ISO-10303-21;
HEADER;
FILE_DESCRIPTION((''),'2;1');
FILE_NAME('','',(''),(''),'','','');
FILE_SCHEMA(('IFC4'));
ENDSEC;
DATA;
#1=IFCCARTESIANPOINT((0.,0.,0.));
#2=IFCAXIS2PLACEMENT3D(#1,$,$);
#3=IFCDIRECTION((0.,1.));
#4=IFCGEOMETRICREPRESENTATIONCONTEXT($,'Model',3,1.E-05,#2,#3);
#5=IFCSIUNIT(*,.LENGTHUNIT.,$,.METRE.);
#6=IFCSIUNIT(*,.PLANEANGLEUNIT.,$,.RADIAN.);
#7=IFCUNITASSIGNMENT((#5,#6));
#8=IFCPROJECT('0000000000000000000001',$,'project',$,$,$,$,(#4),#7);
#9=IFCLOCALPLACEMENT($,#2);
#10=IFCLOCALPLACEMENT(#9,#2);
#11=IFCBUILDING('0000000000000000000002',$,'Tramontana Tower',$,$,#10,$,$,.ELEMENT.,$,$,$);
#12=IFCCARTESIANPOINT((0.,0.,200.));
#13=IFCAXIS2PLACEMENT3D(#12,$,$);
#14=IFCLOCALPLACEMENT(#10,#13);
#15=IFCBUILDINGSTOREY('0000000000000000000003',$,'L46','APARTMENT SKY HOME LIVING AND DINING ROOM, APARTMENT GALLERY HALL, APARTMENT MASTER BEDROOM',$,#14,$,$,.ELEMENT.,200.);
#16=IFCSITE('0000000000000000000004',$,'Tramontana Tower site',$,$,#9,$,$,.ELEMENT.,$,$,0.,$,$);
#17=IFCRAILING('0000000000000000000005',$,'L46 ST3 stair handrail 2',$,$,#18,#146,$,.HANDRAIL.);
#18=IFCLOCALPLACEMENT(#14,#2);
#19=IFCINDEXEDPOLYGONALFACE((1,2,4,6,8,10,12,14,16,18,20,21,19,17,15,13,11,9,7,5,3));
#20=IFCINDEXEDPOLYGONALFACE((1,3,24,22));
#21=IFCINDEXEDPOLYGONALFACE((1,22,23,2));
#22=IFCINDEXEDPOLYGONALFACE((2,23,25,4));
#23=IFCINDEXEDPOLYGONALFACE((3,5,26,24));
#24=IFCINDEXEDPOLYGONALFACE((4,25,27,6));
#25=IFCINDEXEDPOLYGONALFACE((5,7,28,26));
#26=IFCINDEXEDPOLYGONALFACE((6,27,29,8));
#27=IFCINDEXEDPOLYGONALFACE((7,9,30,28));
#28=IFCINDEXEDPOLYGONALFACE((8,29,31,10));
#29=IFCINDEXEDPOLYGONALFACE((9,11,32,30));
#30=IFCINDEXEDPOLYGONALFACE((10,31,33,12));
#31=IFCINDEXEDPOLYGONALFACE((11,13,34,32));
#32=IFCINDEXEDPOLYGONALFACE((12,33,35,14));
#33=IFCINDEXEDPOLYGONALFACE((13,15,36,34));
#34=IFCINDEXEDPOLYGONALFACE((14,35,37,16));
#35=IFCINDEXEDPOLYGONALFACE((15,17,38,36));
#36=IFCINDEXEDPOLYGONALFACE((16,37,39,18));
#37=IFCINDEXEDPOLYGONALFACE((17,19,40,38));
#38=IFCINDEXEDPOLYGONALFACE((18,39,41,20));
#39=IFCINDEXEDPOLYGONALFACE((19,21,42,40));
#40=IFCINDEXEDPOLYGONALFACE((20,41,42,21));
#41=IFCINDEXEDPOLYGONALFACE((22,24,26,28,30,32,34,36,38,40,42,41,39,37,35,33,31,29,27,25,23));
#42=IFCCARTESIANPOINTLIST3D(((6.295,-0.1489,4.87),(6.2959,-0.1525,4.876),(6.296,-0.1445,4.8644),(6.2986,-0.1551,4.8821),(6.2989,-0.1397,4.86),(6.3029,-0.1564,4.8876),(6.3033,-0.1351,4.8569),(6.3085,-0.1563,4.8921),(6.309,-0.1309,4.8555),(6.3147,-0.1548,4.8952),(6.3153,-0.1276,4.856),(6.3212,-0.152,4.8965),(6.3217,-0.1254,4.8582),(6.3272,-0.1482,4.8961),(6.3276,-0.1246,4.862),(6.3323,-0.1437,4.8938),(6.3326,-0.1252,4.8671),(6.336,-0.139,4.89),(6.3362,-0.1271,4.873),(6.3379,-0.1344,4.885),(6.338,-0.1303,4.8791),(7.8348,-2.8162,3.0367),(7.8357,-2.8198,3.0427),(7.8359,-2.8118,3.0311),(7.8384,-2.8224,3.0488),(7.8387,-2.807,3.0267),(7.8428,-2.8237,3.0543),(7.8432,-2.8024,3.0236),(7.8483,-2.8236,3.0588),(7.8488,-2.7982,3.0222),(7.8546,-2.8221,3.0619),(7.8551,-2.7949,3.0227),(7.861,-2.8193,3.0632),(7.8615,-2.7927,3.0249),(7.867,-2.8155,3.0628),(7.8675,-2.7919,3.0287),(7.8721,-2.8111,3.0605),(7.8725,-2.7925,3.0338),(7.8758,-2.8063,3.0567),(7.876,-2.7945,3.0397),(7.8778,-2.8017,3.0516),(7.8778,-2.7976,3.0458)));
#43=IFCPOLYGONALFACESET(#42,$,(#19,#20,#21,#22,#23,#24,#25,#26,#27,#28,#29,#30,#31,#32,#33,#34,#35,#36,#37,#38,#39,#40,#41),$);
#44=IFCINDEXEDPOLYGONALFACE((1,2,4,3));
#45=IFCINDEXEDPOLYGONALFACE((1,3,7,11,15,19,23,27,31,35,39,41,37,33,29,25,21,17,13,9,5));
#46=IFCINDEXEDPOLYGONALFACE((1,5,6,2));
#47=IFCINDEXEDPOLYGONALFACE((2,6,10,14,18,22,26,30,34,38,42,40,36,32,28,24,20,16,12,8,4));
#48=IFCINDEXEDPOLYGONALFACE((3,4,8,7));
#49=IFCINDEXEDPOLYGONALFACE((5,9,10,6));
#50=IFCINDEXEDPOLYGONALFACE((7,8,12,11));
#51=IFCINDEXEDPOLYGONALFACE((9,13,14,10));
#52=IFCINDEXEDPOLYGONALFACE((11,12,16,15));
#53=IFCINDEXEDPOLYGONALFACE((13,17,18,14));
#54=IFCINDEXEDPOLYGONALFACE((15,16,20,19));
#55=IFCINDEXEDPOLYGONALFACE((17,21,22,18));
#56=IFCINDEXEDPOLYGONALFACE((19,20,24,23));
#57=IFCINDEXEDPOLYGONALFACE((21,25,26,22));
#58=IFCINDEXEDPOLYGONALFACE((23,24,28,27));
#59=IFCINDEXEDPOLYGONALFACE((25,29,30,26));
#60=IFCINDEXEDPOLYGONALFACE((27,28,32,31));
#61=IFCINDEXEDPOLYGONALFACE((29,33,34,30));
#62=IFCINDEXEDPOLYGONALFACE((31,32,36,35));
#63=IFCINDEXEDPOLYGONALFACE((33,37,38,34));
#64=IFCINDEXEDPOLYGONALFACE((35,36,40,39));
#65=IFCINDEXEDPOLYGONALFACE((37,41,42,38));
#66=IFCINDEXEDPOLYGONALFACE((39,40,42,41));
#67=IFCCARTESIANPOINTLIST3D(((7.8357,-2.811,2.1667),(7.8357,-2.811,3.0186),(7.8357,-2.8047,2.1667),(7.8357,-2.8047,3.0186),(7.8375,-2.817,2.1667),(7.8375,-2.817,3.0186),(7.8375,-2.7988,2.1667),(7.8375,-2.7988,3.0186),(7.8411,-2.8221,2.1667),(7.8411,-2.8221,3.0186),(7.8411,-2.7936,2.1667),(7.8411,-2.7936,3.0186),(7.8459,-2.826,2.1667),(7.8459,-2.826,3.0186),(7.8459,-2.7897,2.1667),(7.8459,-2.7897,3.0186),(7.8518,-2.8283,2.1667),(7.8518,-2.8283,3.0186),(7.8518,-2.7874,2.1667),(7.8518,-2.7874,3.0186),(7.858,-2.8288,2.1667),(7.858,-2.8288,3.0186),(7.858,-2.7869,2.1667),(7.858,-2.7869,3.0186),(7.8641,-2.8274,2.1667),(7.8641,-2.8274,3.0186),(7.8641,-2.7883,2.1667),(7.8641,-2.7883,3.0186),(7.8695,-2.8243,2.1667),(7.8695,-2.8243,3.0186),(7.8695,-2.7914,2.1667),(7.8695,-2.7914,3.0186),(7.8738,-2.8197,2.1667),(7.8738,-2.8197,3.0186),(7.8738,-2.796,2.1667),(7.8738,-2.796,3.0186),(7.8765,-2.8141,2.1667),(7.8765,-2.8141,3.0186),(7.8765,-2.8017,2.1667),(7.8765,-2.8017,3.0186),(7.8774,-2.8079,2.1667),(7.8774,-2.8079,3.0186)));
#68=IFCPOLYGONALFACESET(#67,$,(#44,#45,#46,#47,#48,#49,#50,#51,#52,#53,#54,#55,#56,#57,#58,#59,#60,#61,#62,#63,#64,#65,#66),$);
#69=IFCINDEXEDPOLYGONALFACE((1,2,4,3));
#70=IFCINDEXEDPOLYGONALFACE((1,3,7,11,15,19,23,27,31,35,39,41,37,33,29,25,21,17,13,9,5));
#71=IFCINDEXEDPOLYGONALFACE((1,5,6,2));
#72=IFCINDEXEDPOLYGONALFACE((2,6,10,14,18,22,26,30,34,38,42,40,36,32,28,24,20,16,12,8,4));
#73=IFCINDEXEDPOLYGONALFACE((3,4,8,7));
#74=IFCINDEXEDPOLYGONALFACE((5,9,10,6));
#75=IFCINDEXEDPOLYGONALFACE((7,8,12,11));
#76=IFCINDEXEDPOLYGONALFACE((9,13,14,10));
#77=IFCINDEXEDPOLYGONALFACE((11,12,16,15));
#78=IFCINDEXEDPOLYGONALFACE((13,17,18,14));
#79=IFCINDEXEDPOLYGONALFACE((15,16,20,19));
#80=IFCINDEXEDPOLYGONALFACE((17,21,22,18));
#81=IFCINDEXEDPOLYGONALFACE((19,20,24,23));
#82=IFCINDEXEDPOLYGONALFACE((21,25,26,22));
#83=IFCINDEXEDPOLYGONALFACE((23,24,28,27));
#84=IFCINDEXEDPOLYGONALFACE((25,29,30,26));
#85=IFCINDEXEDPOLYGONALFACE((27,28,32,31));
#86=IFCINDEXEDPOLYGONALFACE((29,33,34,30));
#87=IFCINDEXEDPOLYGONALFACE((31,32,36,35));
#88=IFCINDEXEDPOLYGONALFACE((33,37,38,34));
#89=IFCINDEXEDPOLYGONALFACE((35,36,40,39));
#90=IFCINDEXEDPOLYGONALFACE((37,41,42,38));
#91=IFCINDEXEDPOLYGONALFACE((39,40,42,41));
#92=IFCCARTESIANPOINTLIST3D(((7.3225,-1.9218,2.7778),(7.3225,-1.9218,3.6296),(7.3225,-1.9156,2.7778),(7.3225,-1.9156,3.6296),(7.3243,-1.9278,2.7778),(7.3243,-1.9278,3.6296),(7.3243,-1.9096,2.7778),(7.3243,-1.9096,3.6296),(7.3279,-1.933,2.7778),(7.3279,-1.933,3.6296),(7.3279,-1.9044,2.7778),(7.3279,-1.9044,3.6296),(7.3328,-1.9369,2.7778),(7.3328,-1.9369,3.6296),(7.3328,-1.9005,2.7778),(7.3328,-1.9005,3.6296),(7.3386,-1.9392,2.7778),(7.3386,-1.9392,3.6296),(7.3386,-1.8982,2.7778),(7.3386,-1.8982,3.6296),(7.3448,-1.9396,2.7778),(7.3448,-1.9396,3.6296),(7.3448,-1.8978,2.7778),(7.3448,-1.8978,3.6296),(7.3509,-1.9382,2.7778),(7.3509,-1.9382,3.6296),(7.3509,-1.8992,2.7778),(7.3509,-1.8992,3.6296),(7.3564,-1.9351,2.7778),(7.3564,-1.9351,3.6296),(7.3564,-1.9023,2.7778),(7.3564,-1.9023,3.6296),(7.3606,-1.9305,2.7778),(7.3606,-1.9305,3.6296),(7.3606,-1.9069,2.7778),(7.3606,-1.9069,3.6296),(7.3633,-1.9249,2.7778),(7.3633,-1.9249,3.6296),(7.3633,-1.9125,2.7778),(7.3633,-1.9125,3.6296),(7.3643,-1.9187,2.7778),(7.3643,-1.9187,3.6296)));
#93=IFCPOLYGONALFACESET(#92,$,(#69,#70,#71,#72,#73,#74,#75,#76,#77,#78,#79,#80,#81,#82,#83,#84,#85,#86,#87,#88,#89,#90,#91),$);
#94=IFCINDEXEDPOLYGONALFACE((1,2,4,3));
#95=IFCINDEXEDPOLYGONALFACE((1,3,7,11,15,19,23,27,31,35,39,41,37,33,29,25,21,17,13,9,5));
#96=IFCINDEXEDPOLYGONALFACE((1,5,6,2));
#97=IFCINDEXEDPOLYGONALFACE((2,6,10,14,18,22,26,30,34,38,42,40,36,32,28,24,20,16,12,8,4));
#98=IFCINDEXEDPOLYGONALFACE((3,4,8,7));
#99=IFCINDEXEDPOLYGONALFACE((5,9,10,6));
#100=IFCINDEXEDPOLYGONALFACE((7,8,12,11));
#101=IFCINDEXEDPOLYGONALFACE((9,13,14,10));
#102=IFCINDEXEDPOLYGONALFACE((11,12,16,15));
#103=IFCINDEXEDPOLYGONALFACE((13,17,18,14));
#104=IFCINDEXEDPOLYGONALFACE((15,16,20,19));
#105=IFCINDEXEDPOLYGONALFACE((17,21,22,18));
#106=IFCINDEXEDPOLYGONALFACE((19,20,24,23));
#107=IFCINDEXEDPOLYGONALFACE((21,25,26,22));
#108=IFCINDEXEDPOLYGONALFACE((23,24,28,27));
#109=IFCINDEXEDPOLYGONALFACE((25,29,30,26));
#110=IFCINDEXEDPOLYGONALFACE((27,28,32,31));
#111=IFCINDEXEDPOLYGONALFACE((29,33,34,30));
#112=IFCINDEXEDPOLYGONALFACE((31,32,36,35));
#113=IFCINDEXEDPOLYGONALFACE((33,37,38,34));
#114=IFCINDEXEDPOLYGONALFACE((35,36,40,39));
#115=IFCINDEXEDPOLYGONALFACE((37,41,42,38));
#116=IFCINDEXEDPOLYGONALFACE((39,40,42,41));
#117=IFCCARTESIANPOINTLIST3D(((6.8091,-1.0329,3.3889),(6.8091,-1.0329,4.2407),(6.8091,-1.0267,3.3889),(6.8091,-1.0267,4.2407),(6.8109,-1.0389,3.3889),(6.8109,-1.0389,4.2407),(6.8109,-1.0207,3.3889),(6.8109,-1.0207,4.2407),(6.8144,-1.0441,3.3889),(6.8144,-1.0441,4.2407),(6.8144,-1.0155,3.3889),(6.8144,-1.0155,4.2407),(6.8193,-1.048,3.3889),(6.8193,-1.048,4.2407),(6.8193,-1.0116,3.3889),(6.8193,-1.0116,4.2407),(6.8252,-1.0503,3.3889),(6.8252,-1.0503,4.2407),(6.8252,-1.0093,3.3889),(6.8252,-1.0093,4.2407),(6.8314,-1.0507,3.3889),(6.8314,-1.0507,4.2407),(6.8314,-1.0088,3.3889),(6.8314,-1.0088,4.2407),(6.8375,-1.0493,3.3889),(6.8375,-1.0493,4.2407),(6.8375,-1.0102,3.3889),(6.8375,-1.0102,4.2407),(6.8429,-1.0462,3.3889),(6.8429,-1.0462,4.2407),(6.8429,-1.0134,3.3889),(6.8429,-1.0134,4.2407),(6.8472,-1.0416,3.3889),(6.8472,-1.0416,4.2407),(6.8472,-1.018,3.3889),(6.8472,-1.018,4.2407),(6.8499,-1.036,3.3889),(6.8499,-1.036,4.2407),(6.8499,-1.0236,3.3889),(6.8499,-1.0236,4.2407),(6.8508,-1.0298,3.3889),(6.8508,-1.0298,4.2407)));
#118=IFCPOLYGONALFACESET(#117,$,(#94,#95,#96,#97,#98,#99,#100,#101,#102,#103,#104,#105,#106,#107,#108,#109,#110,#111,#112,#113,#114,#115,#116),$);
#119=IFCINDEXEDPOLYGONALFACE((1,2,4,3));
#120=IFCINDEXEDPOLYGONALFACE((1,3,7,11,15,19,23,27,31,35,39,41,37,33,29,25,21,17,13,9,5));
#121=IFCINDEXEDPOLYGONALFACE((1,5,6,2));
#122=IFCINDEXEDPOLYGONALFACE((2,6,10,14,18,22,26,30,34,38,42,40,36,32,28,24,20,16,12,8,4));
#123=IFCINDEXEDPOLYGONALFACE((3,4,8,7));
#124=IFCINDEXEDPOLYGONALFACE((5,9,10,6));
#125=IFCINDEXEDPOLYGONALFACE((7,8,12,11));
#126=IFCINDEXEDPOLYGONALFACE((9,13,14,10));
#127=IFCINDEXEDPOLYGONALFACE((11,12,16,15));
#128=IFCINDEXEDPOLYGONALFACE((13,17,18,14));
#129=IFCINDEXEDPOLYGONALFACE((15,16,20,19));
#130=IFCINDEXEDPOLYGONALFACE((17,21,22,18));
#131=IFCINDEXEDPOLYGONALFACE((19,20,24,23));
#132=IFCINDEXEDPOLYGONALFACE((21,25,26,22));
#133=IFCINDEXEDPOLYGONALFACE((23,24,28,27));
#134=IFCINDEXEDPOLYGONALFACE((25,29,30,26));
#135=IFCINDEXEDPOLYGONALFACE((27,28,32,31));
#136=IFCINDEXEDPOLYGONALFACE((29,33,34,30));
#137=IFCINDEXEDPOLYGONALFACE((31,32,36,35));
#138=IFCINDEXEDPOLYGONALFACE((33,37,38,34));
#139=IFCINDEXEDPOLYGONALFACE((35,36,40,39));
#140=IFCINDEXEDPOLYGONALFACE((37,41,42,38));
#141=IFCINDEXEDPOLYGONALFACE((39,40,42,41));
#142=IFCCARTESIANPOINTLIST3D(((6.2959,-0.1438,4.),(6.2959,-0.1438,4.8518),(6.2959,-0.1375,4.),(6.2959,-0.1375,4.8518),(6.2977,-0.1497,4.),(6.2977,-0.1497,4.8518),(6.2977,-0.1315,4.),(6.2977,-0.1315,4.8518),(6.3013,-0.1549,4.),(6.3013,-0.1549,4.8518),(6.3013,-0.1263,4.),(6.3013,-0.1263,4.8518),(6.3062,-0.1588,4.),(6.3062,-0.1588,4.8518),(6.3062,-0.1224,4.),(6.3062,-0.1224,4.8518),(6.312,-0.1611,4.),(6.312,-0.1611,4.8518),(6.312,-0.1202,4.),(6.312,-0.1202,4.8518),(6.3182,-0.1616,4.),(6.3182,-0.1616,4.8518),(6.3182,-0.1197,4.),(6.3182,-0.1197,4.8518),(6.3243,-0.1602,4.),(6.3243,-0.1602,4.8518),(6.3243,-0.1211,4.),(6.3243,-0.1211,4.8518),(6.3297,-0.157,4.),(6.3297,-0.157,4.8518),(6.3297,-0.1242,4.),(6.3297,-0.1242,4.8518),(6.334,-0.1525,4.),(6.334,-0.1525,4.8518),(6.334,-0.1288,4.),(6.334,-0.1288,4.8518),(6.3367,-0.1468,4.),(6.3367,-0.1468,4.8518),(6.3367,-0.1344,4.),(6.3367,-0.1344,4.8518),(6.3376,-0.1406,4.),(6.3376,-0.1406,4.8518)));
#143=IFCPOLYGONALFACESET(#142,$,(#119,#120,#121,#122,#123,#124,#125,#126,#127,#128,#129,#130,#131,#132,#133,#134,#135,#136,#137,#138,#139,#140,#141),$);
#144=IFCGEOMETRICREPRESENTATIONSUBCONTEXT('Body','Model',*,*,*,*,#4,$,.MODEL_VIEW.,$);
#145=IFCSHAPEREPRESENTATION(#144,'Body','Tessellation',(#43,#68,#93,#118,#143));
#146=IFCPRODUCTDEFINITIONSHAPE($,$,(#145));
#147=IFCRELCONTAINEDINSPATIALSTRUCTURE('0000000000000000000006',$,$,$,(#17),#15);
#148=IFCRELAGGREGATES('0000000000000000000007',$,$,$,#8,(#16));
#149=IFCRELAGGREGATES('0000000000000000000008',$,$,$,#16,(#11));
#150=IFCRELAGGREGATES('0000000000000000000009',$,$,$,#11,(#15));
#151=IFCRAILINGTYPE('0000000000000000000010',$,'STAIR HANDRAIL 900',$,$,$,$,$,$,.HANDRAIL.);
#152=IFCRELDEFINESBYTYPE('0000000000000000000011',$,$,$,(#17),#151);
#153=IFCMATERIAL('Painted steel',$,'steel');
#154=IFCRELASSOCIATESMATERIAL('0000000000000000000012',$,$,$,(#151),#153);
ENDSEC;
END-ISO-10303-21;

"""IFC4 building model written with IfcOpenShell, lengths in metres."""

from ifc_helpers import new_model, si_unit, direction, frame, origin, origin_2d, place, context, subcontext, project, spatial, circle, extrude, material, type_object, element, save


model = new_model("IFC4")

# Units and contexts
model_context = context("Model", 3, precision=1e-05, world=origin(), true_north=direction((0.0, 1.0)))
body_context = subcontext(model_context, "Body", "Model", "MODEL_VIEW")
ifc_project = project(units=[si_unit("LENGTHUNIT", "METRE"), si_unit("PLANEANGLEUNIT", "RADIAN")], contexts=[model_context])

# Site, building, storey
site_placement = place(None, origin())
site = spatial("IfcSite", under=ifc_project, at=site_placement, Name="Tramontana Tower site", CompositionType="ELEMENT", RefElevation=0.0)
building_placement = place(site_placement, origin())
building = spatial("IfcBuilding", under=site, at=building_placement, Name="Tramontana Tower", CompositionType="ELEMENT")
storey_placement = place(building_placement, frame((0.0, 0.0, 200.0)))
storey = spatial("IfcBuildingStorey", under=building, at=storey_placement, Name="L46", Description="APARTMENT SKY HOME LIVING AND DINING ROOM, APARTMENT GALLERY HALL, APARTMENT MASTER BEDROOM", CompositionType="ELEMENT", Elevation=200.0)

# Railing
ifc_material_1 = material(Name="Painted steel", Category="steel")
railing_type_1 = type_object("IfcRailingType", Name="STAIR HANDRAIL 900", PredefinedType="HANDRAIL", material=ifc_material_1)
railing_1_placement = place(storey_placement, frame((7.8564, -2.8079, 2.1667)))
element("IfcRailing", 1, at=railing_1_placement, inside=storey, type_object=railing_type_1, Name="L46 ST3 stair handrail 2", PredefinedType="HANDRAIL", context=body_context, shape_type="SweptSolid", body=[
    extrude(circle(Radius=0.0239, at=origin_2d()), frame((0.0, 0.0, 0.876), z_axis=(-0.429616, 0.744181, 0.511493), x_axis=(-0.866044, -0.499967, 0.0)), (0.0, 0.0, 1.0), 3.5842),
    extrude(circle(Radius=0.021, at=origin_2d()), origin(), (0.0, 0.0, 1.0), 0.8518),
    extrude(circle(Radius=0.021, at=origin_2d()), frame((-0.5132, 0.8892, 0.6111)), (0.0, 0.0, 1.0), 0.8518),
    extrude(circle(Radius=0.021, at=origin_2d()), frame((-1.0266, 1.7781, 1.2222)), (0.0, 0.0, 1.0), 0.8518),
    extrude(circle(Radius=0.021, at=origin_2d()), frame((-1.5398, 2.6672, 1.8333)), (0.0, 0.0, 1.0), 0.8518),
])

save(model, "model.ifc")
